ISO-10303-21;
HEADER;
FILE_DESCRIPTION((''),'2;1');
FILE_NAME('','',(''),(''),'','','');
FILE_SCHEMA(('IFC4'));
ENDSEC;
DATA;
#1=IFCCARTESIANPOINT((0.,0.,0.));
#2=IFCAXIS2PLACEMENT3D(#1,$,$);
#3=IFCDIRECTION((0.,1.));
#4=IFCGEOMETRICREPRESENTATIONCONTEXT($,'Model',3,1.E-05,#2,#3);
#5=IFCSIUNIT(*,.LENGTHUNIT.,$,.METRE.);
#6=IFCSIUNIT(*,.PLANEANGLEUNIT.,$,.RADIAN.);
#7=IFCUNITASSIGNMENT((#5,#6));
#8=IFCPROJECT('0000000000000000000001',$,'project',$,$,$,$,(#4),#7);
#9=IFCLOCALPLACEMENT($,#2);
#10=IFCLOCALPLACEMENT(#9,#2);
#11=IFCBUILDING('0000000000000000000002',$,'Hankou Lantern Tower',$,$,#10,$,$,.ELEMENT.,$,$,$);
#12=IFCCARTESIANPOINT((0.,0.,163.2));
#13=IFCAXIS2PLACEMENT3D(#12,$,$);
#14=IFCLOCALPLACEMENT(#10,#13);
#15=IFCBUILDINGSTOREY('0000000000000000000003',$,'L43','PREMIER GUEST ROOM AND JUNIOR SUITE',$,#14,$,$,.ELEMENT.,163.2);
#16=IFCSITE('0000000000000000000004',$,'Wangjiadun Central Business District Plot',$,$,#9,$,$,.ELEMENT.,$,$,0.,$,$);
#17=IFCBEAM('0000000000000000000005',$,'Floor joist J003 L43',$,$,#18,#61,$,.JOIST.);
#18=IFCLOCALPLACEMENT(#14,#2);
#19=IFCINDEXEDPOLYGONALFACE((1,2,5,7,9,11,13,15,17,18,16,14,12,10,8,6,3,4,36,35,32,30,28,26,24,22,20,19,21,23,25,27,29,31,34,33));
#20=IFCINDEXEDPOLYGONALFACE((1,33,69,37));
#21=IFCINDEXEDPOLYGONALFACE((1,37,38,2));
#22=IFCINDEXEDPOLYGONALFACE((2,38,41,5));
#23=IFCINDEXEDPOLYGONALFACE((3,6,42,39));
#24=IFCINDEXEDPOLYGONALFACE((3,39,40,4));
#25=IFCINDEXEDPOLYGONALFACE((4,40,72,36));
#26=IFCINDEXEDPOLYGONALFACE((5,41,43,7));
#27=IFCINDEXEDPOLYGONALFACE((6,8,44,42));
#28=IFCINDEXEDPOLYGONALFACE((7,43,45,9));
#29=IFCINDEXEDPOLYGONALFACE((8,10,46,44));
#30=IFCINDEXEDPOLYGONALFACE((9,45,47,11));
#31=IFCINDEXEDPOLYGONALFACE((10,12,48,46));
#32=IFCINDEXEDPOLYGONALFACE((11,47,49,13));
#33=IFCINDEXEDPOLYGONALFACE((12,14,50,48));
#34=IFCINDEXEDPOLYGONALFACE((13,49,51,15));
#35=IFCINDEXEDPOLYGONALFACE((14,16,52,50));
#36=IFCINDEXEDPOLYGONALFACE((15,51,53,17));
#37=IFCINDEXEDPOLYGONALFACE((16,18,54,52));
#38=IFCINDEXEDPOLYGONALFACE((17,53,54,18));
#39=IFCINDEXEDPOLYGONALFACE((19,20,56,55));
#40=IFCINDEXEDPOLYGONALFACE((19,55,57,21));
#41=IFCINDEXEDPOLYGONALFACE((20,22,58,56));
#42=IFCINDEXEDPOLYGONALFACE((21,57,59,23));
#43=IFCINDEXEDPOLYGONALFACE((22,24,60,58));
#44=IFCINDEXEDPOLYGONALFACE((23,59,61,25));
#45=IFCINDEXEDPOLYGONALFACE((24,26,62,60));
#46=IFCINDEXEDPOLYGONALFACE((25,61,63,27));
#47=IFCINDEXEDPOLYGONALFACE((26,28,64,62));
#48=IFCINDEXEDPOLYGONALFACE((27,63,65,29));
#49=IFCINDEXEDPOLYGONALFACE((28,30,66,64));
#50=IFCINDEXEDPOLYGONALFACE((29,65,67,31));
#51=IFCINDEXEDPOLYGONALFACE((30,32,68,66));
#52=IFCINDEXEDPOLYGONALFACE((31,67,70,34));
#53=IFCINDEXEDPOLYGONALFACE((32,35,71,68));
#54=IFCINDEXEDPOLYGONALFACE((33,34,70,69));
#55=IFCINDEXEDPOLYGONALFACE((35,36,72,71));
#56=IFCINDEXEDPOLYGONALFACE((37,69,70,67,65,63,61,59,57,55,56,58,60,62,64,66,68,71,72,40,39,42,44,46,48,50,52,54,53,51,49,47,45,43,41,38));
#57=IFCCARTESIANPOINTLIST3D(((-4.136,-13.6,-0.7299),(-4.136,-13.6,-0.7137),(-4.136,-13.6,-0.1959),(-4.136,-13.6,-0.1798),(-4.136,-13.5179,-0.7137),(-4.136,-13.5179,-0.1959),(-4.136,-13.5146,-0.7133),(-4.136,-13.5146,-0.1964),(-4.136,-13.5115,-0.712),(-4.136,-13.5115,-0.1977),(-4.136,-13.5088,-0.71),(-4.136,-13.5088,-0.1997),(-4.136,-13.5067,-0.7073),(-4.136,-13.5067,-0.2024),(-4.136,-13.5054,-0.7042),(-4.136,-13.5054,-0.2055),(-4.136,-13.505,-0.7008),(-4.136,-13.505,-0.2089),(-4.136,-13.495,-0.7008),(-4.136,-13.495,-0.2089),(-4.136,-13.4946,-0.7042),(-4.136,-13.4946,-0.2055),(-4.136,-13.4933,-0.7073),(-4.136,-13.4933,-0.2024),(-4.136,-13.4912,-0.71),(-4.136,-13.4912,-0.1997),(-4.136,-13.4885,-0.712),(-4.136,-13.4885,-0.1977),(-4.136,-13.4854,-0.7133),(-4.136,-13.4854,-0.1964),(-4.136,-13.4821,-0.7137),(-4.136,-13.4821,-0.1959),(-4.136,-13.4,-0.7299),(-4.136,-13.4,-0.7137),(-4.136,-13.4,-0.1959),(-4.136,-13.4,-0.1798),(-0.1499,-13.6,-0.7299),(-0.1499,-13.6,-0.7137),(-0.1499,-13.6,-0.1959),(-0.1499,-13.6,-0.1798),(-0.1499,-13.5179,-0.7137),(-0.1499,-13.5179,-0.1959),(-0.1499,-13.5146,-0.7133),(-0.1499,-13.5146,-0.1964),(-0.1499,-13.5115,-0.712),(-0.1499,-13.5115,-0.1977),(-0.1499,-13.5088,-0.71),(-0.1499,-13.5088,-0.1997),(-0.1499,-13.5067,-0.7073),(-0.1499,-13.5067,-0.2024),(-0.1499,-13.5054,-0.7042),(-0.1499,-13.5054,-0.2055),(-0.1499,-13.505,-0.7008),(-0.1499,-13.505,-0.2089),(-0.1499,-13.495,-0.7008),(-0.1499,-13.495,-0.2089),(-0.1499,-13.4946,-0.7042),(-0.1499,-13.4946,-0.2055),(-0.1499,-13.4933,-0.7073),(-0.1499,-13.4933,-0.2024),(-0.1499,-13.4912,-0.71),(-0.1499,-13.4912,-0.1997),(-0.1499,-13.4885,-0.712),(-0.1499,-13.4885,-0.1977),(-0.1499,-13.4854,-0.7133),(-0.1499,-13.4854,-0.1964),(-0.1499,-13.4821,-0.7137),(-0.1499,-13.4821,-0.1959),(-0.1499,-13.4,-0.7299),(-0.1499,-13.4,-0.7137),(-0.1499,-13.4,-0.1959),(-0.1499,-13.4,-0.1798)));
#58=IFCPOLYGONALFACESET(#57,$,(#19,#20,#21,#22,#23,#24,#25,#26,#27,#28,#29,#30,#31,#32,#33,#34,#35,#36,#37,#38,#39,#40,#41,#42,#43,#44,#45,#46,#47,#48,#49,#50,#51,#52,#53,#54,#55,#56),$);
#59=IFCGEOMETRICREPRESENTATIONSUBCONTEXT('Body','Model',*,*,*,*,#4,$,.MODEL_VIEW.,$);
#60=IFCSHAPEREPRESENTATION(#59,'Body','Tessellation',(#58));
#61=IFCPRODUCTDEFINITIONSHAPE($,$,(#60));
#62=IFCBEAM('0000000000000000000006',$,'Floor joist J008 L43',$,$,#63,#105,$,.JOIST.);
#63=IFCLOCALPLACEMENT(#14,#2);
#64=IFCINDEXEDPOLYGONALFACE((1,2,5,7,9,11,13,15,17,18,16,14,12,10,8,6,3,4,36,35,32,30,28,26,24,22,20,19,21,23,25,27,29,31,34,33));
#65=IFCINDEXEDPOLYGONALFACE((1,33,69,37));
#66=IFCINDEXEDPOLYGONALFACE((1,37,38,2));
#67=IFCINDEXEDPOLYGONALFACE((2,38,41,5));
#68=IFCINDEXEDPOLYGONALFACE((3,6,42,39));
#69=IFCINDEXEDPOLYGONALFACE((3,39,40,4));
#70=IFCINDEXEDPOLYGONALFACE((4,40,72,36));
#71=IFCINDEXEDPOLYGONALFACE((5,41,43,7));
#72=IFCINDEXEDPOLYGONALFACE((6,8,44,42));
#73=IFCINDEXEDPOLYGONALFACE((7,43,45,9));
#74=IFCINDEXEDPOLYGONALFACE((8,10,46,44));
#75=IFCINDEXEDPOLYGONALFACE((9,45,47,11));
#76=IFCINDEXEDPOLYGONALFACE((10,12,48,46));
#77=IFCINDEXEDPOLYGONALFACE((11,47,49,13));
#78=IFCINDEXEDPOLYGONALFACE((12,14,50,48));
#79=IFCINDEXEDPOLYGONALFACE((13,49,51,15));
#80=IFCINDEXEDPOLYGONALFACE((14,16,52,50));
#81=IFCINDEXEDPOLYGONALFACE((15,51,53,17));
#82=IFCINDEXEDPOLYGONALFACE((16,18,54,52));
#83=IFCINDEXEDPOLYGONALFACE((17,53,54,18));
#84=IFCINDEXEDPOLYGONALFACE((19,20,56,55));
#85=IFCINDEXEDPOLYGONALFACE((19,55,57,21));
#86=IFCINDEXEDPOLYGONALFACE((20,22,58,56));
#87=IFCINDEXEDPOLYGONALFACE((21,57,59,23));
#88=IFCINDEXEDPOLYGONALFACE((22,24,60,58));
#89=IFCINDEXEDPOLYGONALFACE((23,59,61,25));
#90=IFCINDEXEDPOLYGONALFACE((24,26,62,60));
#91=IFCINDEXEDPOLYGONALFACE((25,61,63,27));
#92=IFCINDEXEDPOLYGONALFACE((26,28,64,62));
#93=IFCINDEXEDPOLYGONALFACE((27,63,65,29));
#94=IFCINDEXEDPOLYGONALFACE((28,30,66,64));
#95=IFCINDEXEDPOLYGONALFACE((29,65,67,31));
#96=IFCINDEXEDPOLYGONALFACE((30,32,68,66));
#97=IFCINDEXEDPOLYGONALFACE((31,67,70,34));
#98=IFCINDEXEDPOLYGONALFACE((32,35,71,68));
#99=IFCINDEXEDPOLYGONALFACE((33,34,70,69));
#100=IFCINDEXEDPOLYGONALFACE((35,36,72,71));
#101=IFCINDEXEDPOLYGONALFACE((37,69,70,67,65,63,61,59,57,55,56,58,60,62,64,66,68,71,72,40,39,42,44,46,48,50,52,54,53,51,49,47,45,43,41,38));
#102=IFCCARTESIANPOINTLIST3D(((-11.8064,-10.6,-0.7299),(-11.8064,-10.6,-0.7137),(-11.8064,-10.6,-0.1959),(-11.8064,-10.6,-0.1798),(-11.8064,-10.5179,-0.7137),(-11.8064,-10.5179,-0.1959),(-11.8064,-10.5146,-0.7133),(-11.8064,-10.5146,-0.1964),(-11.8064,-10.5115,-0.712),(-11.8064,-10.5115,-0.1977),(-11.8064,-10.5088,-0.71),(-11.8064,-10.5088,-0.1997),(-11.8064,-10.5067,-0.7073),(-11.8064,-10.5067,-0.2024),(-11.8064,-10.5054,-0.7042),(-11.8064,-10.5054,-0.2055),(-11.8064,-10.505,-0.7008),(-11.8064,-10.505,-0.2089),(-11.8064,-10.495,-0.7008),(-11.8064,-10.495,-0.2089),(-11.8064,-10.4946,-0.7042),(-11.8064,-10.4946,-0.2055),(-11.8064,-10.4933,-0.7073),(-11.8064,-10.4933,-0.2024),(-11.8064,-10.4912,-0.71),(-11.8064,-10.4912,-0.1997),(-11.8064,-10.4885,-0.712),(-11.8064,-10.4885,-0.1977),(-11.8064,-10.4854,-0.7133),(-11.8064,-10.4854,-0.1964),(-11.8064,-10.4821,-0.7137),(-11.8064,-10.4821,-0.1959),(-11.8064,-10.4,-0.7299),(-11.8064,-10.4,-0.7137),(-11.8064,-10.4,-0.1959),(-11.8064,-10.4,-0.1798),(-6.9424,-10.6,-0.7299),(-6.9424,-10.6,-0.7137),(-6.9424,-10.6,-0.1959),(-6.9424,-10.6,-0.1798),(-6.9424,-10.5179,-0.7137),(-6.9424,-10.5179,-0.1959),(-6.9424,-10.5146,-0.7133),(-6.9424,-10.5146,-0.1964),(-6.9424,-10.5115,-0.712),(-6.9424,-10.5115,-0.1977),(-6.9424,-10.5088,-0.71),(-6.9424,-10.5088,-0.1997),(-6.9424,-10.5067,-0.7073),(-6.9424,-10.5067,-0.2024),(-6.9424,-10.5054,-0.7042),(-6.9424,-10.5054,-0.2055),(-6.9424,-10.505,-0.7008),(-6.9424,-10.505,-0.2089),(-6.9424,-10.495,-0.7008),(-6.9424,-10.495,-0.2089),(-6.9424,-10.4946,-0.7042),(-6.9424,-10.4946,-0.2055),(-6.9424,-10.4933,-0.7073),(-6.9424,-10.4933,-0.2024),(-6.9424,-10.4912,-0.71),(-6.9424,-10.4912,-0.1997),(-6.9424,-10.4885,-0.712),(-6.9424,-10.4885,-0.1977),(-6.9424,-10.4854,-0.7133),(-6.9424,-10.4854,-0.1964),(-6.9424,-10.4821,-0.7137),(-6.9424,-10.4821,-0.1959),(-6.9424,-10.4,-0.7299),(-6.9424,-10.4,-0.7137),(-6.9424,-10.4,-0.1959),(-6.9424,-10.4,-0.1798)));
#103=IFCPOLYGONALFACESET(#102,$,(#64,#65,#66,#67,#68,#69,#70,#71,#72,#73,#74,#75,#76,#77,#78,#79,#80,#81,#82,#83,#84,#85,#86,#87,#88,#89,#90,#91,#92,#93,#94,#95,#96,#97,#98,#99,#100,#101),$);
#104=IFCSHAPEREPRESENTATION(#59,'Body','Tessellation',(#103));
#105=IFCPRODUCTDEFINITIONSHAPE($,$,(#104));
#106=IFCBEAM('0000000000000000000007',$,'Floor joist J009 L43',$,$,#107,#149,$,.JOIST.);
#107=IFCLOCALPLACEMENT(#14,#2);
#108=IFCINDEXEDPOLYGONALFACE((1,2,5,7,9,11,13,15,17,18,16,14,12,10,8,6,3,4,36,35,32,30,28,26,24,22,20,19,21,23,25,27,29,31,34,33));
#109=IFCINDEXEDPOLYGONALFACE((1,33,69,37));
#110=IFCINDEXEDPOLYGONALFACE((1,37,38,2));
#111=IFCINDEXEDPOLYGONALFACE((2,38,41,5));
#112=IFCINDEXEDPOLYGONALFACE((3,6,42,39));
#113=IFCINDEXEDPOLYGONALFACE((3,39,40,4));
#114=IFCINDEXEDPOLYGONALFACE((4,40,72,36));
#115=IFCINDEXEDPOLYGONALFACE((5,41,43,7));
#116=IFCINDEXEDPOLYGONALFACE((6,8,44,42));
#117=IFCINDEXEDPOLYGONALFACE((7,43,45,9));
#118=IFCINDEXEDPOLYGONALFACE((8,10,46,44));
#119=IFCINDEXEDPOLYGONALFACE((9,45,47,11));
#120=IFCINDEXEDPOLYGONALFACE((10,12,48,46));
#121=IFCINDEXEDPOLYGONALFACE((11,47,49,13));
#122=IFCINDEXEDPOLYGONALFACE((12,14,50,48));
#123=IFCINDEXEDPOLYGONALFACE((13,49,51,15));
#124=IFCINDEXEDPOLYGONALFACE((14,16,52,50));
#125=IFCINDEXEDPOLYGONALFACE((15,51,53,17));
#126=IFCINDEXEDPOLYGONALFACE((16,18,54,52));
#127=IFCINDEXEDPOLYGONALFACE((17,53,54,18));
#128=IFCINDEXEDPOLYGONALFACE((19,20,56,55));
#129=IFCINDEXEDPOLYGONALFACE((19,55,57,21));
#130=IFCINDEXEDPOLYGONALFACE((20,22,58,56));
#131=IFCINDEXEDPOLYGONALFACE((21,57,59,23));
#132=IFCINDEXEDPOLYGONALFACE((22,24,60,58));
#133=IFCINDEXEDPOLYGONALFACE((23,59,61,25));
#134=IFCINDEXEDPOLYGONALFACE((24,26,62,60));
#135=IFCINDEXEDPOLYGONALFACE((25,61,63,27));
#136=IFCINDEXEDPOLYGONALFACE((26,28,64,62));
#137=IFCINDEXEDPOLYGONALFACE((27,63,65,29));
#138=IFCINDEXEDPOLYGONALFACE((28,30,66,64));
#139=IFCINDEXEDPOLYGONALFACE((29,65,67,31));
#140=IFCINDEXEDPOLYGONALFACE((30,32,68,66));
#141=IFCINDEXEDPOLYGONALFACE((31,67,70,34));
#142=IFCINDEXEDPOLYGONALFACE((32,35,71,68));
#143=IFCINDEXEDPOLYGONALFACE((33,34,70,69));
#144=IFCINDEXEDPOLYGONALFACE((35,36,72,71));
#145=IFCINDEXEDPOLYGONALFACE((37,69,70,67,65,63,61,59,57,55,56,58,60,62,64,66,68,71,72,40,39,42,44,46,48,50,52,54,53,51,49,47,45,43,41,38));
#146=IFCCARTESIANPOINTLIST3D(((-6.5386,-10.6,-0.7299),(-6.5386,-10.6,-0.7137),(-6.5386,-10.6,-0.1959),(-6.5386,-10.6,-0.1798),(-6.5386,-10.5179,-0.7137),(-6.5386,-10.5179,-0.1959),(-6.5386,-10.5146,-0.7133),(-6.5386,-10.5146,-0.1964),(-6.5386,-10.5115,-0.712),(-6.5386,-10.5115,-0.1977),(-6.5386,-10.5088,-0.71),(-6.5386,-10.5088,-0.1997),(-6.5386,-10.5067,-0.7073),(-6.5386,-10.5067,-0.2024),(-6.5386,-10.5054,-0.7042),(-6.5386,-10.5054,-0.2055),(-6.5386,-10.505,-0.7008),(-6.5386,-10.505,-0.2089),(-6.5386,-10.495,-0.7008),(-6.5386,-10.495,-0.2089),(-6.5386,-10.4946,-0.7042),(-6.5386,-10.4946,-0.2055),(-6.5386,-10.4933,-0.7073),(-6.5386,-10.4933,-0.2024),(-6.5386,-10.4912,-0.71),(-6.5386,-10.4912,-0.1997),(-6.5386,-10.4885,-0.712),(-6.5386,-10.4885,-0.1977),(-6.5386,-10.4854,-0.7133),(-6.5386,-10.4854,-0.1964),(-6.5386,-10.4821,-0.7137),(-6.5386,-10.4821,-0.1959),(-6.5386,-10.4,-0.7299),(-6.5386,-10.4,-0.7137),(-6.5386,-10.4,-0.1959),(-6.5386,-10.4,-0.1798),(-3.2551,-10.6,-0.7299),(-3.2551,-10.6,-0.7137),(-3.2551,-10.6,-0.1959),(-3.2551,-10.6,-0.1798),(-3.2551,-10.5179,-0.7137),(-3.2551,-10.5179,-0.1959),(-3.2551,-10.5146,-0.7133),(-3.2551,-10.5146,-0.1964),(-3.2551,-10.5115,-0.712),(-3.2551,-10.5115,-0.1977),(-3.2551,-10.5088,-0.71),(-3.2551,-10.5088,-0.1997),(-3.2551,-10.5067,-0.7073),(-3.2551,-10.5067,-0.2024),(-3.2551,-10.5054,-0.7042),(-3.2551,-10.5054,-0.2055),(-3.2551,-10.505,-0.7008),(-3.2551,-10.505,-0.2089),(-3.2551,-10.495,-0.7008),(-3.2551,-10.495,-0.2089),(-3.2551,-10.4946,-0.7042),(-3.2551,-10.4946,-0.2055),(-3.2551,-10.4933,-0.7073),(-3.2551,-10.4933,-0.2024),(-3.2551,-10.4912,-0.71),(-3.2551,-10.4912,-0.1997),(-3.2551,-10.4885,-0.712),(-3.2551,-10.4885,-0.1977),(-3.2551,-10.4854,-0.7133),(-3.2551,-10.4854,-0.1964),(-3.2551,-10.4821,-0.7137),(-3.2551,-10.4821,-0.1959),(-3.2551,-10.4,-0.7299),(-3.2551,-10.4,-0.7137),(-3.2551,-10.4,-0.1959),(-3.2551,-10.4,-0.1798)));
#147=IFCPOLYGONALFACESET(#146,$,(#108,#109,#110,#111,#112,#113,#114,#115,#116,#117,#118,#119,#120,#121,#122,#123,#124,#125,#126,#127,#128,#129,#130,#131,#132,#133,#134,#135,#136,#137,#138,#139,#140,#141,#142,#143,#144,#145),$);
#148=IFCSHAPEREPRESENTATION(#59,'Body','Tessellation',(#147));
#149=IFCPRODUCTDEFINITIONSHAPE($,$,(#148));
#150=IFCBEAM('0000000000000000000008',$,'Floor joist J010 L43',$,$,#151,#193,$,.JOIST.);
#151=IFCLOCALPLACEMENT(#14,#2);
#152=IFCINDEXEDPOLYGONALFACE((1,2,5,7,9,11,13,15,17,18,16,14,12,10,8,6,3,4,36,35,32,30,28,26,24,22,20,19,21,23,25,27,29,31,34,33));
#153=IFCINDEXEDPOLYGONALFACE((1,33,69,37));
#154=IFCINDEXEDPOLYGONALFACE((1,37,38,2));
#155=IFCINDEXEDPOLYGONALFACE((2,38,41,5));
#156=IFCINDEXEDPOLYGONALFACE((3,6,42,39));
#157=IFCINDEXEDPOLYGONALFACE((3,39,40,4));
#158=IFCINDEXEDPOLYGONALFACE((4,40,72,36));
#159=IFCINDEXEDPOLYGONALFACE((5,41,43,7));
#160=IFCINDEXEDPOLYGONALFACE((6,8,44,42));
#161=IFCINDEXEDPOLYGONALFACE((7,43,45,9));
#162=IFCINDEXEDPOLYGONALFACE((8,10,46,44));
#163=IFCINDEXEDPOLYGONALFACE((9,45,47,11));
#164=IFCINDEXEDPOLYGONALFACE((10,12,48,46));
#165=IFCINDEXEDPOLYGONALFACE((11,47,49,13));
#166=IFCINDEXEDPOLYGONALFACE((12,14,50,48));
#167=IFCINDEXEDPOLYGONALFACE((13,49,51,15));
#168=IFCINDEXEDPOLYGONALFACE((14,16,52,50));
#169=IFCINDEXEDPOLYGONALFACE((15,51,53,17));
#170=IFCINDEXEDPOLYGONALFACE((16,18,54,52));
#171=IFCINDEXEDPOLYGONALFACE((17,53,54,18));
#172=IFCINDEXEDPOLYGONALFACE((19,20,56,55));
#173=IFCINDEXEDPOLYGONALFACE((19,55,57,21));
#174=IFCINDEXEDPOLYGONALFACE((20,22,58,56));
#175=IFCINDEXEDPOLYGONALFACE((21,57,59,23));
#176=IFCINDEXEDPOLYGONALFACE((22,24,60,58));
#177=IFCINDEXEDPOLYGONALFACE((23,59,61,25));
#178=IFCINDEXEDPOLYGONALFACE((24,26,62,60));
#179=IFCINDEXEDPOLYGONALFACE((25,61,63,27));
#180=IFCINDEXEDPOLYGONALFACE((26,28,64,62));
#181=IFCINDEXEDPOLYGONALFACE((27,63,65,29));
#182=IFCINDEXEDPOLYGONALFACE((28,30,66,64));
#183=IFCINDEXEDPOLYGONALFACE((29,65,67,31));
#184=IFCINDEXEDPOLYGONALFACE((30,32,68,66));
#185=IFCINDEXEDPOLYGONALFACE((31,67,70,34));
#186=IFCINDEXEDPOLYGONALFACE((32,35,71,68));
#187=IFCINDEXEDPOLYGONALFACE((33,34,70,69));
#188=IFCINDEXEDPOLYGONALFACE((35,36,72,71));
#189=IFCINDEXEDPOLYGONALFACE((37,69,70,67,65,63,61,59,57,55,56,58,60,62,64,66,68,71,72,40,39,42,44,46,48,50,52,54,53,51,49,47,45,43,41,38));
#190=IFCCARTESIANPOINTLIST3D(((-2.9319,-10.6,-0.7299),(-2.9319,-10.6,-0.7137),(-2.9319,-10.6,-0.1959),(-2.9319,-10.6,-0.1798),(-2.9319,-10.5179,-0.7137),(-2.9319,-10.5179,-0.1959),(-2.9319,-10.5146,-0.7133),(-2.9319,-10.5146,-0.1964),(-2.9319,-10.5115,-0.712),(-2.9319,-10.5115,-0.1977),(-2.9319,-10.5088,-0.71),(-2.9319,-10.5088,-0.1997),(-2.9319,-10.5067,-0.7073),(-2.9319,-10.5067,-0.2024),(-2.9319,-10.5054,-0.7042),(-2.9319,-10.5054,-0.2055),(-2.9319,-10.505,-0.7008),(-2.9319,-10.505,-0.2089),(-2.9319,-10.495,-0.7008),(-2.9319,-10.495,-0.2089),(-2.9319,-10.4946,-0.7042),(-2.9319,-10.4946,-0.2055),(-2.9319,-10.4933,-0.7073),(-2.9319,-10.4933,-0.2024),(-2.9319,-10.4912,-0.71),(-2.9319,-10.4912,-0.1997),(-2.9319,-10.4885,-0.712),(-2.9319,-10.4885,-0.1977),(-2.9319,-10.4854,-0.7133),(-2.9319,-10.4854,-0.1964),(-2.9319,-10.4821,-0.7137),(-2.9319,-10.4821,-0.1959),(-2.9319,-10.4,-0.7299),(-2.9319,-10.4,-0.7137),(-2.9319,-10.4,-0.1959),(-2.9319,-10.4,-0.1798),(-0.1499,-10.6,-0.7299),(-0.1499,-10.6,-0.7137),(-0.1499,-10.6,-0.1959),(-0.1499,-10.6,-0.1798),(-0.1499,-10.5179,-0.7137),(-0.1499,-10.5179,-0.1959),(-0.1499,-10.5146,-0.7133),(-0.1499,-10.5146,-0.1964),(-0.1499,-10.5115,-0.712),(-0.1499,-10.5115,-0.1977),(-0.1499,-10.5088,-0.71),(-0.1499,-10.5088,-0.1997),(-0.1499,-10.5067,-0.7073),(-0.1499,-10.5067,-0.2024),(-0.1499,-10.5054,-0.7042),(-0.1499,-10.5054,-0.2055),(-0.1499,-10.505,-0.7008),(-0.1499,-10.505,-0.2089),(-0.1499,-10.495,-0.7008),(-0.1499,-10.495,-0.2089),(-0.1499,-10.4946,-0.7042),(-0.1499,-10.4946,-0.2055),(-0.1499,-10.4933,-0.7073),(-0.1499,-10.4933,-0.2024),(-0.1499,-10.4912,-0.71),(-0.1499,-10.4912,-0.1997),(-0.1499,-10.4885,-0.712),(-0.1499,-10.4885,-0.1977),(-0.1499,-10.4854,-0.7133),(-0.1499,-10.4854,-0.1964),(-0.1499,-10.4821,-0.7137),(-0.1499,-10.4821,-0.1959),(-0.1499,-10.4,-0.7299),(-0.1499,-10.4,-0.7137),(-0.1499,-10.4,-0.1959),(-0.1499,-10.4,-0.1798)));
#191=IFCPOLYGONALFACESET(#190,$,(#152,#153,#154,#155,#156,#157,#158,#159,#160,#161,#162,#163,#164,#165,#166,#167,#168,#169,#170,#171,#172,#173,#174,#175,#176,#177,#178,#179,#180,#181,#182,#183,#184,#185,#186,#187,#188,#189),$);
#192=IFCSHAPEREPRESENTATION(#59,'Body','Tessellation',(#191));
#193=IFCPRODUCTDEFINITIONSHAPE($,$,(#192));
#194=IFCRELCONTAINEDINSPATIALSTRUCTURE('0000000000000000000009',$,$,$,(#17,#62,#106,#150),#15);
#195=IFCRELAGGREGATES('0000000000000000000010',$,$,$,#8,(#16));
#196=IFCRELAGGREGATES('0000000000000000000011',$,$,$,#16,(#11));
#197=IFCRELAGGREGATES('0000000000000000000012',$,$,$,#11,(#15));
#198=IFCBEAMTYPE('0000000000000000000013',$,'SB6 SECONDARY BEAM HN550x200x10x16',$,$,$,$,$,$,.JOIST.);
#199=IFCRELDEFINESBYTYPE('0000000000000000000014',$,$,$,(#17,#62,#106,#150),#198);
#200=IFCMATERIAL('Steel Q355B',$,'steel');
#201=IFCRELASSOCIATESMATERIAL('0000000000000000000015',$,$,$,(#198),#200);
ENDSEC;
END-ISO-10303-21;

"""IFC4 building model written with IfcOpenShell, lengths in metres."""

from ifc_helpers import new_model, si_unit, direction, frame, origin, origin_2d, place, context, subcontext, project, spatial, i_section, extrude, material, material_profile, profile_set, type_object, element, save


model = new_model("IFC4")

# Units and contexts
model_context = context("Model", 3, precision=1e-05, world=origin(), true_north=direction((0.0, 1.0)))
body_context = subcontext(model_context, "Body", "Model", "MODEL_VIEW")
ifc_project = project(units=[si_unit("LENGTHUNIT", "METRE"), si_unit("PLANEANGLEUNIT", "RADIAN")], contexts=[model_context])

# Site, building, storey
site_placement = place(None, origin())
site = spatial("IfcSite", under=ifc_project, at=site_placement, Name="Wangjiadun Central Business District Plot", CompositionType="ELEMENT", RefElevation=0.0)
building_placement = place(site_placement, origin())
building = spatial("IfcBuilding", under=site, at=building_placement, Name="Hankou Lantern Tower", CompositionType="ELEMENT")
storey_placement = place(building_placement, frame((0.0, 0.0, 163.2)))
storey = spatial("IfcBuildingStorey", under=building, at=storey_placement, Name="L43", Description="PREMIER GUEST ROOM AND JUNIOR SUITE", CompositionType="ELEMENT", Elevation=163.2)

# Beams
ifc_material_1 = material(Name="Steel Q355B", Category="steel")
ifc_material_profile_1 = material_profile(ifc_material_1, i_section(OverallWidth=0.2, OverallDepth=0.55, WebThickness=0.01, FlangeThickness=0.0161, FilletRadius=0.0129, at=origin_2d()), Name="HN550x200x10x16")
ifc_profile_set_1 = profile_set([ifc_material_profile_1], Name="Steel Q355B")
beam_type_1 = type_object("IfcBeamType", Name="SB6 SECONDARY BEAM HN550x200x10x16", PredefinedType="JOIST", material=ifc_profile_set_1)
beam_1_placement = place(storey_placement, frame((-4.136, -13.5, -0.4548), z_axis=(1.0, 0.0, 0.0), x_axis=(0.0, 1.0, 0.0)))
element("IfcBeam", 1, at=beam_1_placement, inside=storey, type_object=beam_type_1, Name="Floor joist J003 L43", PredefinedType="JOIST", context=body_context, shape_type="SweptSolid", body=[
    extrude(i_section(OverallWidth=0.2, OverallDepth=0.55, WebThickness=0.01, FlangeThickness=0.0161, FilletRadius=0.0129, at=origin_2d()), origin(), (0.0, 0.0, 1.0), 3.9861),
])
beam_2_placement = place(storey_placement, frame((-11.8064, -10.5, -0.4548), z_axis=(1.0, 0.0, 0.0), x_axis=(0.0, 1.0, 0.0)))
element("IfcBeam", 2, at=beam_2_placement, inside=storey, type_object=beam_type_1, Name="Floor joist J008 L43", PredefinedType="JOIST", context=body_context, shape_type="SweptSolid", body=[
    extrude(i_section(OverallWidth=0.2, OverallDepth=0.55, WebThickness=0.01, FlangeThickness=0.0161, FilletRadius=0.0129, at=origin_2d()), origin(), (0.0, 0.0, 1.0), 4.864),
])
beam_3_placement = place(storey_placement, frame((-6.5386, -10.5, -0.4548), z_axis=(1.0, 0.0, 0.0), x_axis=(0.0, 1.0, 0.0)))
element("IfcBeam", 3, at=beam_3_placement, inside=storey, type_object=beam_type_1, Name="Floor joist J009 L43", PredefinedType="JOIST", context=body_context, shape_type="SweptSolid", body=[
    extrude(i_section(OverallWidth=0.2, OverallDepth=0.55, WebThickness=0.01, FlangeThickness=0.0161, FilletRadius=0.0129, at=origin_2d()), origin(), (0.0, 0.0, 1.0), 3.2834),
])
beam_4_placement = place(storey_placement, frame((-2.9319, -10.5, -0.4548), z_axis=(1.0, 0.0, 0.0), x_axis=(0.0, 1.0, 0.0)))
element("IfcBeam", 4, at=beam_4_placement, inside=storey, type_object=beam_type_1, Name="Floor joist J010 L43", PredefinedType="JOIST", context=body_context, shape_type="SweptSolid", body=[
    extrude(i_section(OverallWidth=0.2, OverallDepth=0.55, WebThickness=0.01, FlangeThickness=0.0161, FilletRadius=0.0129, at=origin_2d()), origin(), (0.0, 0.0, 1.0), 2.782),
])

save(model, "model.ifc")
